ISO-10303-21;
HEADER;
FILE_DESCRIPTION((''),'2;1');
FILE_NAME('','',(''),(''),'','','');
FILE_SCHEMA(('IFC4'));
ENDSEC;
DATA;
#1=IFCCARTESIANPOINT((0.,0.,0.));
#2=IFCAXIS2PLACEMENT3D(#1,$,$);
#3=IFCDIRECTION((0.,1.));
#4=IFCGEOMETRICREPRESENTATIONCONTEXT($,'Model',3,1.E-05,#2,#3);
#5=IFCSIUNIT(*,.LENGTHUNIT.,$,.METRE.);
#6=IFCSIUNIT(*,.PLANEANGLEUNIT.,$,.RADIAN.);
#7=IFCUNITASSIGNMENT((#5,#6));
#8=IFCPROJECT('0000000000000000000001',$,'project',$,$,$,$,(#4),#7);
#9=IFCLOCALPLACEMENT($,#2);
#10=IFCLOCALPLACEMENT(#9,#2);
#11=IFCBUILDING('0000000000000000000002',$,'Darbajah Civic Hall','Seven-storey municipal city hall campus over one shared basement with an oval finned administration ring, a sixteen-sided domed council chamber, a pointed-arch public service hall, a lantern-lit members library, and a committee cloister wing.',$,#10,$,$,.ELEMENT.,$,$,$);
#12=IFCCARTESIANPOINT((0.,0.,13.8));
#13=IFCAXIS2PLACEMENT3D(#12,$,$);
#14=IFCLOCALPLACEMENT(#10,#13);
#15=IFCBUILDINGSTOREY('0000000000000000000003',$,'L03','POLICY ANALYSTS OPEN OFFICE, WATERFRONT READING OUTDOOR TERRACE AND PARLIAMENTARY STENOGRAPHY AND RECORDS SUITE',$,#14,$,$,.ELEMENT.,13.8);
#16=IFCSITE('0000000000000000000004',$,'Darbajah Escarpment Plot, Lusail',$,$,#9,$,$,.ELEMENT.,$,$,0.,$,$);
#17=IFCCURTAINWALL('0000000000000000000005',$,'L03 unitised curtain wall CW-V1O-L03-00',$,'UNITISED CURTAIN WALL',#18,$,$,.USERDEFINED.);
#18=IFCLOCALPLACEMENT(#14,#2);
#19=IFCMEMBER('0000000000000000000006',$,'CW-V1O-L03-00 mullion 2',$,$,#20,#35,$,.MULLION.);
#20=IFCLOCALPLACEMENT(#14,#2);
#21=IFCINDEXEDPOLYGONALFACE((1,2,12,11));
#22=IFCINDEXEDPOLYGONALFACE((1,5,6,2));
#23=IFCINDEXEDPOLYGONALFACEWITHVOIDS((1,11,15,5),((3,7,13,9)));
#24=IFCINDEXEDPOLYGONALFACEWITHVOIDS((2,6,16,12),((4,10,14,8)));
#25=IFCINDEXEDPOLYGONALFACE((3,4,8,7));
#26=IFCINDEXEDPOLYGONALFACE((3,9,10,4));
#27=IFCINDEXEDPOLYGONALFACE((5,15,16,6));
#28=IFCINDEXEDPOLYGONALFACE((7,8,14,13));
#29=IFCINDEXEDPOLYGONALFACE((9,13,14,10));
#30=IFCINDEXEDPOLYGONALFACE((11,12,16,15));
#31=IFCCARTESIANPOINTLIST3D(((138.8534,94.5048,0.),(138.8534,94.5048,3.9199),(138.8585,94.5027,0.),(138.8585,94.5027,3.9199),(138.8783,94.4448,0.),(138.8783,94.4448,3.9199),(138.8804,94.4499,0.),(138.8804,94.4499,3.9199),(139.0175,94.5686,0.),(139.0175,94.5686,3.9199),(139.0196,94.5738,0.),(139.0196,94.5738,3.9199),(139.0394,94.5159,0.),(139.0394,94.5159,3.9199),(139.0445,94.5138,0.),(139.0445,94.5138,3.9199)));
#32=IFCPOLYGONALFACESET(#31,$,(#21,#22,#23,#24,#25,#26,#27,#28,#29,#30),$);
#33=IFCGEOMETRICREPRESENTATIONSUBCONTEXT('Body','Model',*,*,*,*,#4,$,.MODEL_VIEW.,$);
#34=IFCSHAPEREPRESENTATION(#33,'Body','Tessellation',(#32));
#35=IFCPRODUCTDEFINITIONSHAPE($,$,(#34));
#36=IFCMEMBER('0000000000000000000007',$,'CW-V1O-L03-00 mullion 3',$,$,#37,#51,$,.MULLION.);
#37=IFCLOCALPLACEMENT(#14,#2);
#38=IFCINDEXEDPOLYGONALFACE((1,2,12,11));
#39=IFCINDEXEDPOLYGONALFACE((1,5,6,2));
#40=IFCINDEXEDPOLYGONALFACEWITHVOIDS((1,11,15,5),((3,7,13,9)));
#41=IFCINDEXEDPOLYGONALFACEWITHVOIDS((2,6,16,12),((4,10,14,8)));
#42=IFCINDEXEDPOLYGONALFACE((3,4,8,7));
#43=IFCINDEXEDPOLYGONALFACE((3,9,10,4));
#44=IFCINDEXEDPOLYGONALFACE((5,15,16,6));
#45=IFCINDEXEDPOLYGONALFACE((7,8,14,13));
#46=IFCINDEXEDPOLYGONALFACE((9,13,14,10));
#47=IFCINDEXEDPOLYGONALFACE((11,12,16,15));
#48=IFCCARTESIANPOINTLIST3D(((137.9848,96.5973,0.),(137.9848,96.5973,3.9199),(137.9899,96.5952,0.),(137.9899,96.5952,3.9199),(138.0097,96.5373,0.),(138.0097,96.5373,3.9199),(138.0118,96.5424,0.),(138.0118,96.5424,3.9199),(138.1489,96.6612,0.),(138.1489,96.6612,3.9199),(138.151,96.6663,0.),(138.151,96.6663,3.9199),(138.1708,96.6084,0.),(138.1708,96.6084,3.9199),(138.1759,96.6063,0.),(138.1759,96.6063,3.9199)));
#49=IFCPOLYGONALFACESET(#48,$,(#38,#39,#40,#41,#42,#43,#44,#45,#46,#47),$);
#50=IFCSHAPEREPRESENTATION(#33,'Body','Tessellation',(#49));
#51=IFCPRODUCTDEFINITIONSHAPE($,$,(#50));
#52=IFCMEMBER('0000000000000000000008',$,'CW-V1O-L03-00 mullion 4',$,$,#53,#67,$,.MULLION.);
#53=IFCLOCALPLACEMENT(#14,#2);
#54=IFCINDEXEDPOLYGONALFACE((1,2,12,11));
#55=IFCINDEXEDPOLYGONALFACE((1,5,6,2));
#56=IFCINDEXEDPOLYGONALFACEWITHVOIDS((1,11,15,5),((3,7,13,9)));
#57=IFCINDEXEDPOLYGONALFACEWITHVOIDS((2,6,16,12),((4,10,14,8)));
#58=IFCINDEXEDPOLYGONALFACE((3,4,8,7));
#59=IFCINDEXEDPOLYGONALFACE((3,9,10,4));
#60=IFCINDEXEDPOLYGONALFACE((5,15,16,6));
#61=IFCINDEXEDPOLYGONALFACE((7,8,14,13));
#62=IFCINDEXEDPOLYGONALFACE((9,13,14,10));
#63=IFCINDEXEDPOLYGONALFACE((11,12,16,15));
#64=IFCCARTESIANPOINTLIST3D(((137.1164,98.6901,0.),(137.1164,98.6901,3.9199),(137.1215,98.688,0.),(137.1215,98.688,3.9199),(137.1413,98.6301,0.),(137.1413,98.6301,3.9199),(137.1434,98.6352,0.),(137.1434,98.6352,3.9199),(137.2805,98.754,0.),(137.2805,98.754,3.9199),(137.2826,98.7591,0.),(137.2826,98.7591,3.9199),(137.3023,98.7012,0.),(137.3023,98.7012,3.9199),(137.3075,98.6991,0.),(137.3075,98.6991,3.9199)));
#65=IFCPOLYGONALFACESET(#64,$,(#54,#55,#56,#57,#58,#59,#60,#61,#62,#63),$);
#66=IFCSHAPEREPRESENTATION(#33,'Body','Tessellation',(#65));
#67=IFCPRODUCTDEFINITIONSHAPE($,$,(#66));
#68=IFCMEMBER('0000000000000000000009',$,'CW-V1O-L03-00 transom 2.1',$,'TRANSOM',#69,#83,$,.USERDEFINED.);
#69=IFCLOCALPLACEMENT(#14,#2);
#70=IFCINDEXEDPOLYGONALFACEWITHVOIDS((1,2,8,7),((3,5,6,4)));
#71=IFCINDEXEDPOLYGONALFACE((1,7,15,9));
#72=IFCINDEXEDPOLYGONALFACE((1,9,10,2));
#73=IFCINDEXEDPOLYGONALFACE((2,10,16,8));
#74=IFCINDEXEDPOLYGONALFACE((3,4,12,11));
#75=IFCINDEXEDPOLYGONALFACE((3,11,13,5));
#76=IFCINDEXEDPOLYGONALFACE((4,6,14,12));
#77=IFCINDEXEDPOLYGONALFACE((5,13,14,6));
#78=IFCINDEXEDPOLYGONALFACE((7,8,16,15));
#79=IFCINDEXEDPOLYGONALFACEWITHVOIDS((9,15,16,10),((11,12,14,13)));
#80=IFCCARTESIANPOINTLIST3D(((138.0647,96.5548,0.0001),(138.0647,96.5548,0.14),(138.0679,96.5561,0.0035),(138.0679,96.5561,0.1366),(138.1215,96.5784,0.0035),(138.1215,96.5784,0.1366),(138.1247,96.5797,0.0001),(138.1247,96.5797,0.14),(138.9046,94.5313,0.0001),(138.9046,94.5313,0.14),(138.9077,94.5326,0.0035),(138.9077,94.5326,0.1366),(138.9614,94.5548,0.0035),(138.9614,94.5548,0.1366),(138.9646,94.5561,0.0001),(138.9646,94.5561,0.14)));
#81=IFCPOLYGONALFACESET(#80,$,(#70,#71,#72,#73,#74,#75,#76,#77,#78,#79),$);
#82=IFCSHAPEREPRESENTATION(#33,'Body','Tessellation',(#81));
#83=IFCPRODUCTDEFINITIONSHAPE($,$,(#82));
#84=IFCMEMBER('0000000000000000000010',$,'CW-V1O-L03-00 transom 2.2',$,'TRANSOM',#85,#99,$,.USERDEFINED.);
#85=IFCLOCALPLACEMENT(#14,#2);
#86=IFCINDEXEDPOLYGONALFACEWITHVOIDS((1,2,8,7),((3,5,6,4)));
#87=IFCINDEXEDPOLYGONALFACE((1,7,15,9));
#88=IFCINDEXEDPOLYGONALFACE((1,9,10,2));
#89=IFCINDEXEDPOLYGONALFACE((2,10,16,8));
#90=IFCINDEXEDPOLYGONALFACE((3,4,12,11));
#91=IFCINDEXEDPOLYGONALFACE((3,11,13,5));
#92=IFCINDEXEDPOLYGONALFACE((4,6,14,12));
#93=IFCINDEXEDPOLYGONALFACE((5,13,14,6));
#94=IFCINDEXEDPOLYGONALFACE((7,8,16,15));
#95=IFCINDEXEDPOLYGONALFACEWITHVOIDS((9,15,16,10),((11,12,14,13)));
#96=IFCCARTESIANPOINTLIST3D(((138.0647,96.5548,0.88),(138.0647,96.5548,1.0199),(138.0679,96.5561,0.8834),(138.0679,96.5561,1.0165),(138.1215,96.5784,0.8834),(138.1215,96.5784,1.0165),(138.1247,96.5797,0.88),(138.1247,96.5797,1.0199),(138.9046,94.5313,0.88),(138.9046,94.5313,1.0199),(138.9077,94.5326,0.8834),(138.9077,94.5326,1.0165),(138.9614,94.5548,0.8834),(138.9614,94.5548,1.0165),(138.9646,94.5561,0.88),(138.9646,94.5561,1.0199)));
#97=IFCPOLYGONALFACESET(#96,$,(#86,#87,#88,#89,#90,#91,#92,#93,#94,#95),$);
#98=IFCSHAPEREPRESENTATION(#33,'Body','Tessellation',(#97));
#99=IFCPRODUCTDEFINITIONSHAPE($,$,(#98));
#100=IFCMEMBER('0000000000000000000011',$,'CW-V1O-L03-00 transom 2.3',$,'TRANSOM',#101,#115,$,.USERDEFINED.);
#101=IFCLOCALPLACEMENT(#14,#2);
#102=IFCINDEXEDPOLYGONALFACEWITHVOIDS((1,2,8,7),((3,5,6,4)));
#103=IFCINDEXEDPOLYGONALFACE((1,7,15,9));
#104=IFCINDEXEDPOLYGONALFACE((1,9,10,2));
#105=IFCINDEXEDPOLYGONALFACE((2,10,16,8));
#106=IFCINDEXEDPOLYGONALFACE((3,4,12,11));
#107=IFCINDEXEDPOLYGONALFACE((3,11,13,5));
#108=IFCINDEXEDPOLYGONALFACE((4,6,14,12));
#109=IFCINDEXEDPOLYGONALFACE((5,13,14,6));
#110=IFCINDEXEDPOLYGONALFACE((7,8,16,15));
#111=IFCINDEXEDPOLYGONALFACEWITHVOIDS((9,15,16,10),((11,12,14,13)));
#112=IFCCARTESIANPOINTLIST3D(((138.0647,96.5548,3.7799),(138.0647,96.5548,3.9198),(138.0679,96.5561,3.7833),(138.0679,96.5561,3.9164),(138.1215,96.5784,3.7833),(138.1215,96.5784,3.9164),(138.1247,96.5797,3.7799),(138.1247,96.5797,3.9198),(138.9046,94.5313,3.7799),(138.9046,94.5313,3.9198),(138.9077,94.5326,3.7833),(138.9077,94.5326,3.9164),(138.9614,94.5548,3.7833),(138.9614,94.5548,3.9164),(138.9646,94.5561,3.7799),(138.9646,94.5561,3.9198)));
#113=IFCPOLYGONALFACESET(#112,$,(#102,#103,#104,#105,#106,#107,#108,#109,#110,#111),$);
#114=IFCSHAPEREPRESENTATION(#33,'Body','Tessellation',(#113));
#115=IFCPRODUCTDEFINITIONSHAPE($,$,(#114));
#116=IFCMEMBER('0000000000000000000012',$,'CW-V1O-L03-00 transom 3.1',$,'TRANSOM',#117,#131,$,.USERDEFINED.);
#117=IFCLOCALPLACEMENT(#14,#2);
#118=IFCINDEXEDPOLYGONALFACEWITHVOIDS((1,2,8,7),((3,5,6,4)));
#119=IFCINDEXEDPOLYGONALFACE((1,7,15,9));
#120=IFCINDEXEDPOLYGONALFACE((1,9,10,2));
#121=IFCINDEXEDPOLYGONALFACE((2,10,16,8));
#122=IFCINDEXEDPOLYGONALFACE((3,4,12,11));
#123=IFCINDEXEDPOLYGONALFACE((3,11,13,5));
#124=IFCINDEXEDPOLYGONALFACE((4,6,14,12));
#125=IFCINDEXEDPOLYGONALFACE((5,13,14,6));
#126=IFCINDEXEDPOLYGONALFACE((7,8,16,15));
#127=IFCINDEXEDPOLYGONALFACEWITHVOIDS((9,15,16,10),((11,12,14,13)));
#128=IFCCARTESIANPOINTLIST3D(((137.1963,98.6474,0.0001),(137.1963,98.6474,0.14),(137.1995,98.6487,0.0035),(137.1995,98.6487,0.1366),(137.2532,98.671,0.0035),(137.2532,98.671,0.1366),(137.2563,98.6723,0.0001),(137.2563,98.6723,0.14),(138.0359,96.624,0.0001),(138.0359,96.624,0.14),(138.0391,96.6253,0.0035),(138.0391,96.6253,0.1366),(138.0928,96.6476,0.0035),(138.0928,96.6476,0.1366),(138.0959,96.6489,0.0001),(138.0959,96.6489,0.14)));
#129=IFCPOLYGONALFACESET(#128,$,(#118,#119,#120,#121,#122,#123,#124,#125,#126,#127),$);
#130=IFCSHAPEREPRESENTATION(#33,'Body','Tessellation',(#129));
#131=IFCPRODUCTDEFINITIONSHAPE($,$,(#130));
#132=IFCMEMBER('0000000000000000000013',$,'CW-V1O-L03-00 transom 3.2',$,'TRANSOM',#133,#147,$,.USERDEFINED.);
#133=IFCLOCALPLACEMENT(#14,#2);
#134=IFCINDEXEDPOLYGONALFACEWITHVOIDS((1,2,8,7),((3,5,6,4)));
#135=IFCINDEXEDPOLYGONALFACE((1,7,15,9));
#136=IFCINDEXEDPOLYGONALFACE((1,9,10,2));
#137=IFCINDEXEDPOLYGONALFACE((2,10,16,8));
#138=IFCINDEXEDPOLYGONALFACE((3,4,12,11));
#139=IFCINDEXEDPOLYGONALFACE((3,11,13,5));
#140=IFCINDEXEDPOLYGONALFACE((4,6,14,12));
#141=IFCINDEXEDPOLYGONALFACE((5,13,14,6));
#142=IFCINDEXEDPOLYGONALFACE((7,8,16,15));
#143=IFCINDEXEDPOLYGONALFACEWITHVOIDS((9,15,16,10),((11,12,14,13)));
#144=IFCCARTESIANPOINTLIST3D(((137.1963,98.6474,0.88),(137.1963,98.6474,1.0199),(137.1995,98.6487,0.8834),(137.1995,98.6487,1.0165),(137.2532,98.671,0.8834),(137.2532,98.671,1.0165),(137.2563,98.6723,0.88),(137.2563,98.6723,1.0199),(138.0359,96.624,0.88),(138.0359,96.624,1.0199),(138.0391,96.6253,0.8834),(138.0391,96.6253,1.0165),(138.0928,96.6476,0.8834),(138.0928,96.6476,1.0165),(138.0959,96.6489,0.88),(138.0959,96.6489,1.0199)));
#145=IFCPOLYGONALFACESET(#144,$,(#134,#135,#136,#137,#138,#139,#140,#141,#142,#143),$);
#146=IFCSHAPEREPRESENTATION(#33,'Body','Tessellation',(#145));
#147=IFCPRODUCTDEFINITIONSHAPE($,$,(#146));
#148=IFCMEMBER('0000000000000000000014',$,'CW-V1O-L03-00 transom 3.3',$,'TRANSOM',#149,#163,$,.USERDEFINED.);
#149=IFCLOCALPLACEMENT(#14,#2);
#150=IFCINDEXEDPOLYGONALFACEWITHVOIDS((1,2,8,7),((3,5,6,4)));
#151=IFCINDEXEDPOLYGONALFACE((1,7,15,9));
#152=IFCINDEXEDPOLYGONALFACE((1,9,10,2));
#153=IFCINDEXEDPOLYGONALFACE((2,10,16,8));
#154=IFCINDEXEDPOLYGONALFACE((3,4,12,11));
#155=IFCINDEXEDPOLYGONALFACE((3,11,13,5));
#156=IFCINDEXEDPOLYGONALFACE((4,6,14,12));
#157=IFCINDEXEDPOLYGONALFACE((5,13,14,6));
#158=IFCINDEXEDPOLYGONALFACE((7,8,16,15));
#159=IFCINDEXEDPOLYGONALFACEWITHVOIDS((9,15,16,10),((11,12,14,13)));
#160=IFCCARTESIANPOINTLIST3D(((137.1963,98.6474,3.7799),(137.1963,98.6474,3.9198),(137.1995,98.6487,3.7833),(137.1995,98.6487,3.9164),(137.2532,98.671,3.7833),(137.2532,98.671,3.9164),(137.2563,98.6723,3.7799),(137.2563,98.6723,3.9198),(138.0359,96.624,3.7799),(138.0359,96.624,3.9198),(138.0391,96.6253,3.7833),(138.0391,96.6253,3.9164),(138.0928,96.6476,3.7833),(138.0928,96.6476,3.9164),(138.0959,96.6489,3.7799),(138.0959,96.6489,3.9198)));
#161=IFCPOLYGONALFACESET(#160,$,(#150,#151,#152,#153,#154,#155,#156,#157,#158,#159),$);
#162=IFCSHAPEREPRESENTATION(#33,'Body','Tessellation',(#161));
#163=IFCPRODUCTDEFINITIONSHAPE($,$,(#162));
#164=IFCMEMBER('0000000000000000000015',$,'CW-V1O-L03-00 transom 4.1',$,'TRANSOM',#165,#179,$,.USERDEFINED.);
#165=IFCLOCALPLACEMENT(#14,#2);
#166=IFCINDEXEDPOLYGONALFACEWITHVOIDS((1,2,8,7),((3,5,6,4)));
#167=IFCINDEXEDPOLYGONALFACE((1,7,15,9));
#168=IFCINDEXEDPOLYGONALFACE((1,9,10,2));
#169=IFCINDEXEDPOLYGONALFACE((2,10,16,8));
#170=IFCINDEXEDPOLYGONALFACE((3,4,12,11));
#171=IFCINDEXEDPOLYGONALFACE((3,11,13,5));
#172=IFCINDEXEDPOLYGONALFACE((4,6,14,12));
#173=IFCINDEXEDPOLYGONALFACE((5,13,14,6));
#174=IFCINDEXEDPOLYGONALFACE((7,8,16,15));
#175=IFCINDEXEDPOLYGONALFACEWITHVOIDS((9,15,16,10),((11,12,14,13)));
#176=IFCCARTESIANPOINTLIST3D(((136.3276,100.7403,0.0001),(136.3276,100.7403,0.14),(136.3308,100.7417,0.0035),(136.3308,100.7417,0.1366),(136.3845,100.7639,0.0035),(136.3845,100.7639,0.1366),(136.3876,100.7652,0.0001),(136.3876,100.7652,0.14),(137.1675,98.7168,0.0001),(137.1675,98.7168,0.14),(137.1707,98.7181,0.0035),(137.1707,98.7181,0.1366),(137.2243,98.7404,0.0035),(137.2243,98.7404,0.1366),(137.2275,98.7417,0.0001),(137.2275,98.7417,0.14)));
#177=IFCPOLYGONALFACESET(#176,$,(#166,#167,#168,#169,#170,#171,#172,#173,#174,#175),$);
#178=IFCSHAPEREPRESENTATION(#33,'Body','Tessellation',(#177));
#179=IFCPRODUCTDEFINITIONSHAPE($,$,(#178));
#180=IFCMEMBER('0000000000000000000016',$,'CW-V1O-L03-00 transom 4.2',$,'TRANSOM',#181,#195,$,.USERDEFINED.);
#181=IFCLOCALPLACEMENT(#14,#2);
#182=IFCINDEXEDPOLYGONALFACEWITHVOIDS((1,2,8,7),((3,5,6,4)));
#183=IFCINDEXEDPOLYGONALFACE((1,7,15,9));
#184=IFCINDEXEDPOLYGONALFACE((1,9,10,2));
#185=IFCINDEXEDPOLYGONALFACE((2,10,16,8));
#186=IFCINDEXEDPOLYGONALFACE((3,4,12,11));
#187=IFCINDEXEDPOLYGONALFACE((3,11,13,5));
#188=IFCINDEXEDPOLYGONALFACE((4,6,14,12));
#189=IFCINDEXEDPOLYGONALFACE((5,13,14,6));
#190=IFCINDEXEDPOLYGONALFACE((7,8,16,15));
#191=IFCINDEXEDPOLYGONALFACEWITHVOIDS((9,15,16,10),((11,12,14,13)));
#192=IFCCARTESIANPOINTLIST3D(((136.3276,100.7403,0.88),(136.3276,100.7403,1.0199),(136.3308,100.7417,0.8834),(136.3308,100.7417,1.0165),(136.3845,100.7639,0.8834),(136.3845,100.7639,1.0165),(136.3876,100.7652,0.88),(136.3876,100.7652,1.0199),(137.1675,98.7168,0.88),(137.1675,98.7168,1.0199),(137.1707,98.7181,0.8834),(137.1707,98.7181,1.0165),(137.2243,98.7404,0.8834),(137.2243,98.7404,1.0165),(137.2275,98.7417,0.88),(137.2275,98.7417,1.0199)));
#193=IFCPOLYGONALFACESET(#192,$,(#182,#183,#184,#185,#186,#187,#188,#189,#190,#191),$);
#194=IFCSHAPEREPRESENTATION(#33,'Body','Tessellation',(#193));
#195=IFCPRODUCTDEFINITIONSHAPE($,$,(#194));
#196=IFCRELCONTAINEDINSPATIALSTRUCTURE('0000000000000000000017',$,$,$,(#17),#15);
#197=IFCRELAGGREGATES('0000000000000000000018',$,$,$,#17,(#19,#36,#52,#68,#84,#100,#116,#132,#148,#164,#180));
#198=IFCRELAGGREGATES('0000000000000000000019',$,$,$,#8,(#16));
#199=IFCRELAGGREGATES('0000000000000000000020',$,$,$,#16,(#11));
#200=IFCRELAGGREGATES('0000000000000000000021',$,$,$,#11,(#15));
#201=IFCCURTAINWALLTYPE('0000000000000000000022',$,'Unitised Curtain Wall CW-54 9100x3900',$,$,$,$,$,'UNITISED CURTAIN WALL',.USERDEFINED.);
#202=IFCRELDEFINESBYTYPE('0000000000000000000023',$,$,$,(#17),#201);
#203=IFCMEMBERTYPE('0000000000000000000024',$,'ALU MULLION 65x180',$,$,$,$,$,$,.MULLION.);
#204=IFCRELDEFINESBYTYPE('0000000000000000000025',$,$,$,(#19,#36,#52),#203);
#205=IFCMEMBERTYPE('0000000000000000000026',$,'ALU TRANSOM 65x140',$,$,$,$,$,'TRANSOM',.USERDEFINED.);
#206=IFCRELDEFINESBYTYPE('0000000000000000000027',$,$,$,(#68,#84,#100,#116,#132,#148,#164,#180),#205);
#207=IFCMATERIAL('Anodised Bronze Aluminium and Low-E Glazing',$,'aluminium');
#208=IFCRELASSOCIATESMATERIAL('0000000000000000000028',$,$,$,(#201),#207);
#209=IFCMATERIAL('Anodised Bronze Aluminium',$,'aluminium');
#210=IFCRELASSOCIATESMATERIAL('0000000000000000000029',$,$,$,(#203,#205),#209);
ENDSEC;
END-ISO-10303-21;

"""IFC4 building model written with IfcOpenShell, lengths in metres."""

from ifc_helpers import new_model, si_unit, direction, frame, origin, origin_2d, place, context, subcontext, project, spatial, hollow_rectangle, extrude, material, material_profile, profile_set, type_object, element, aggregate, save


model = new_model("IFC4")

# Units and contexts
model_context = context("Model", 3, precision=1e-05, world=origin(), true_north=direction((0.0, 1.0)))
body_context = subcontext(model_context, "Body", "Model", "MODEL_VIEW")
ifc_project = project(units=[si_unit("LENGTHUNIT", "METRE"), si_unit("PLANEANGLEUNIT", "RADIAN")], contexts=[model_context])

# Site, building, storey
site_placement = place(None, origin())
site = spatial("IfcSite", under=ifc_project, at=site_placement, Name="Darbajah Escarpment Plot, Lusail", CompositionType="ELEMENT", RefElevation=0.0)
building_placement = place(site_placement, origin())
building = spatial("IfcBuilding", under=site, at=building_placement, Name="Darbajah Civic Hall", Description="Seven-storey municipal city hall campus over one shared basement with an oval finned administration ring, a sixteen-sided domed council chamber, a pointed-arch public service hall, a lantern-lit members library, and a committee cloister wing.", CompositionType="ELEMENT")
storey_placement = place(building_placement, frame((0.0, 0.0, 13.8)))
storey = spatial("IfcBuildingStorey", under=building, at=storey_placement, Name="L03", Description="POLICY ANALYSTS OPEN OFFICE, WATERFRONT READING OUTDOOR TERRACE AND PARLIAMENTARY STENOGRAPHY AND RECORDS SUITE", CompositionType="ELEMENT", Elevation=13.8)

# Curtain wall, members
ifc_material_1 = material(Name="Anodised Bronze Aluminium and Low-E Glazing", Category="aluminium")
curtain_wall_type = type_object("IfcCurtainWallType", Name="Unitised Curtain Wall CW-54 9100x3900", ElementType="UNITISED CURTAIN WALL", PredefinedType="USERDEFINED", material=ifc_material_1)
curtain_wall_placement = place(storey_placement, origin())
curtain_wall = element("IfcCurtainWall", 1, at=curtain_wall_placement, inside=storey, type_object=curtain_wall_type, Name="L03 unitised curtain wall CW-V1O-L03-00", ObjectType="UNITISED CURTAIN WALL", PredefinedType="USERDEFINED")
ifc_material_2 = material(Name="Anodised Bronze Aluminium", Category="aluminium")
ifc_material_profile_1 = material_profile(ifc_material_2, hollow_rectangle(XDim=0.0649, YDim=0.1799, WallThickness=0.0039, at=origin_2d()), Name="ALU MULLION 65x180")
ifc_profile_set_1 = profile_set([ifc_material_profile_1], Name="Anodised Bronze Aluminium")
member_type_1 = type_object("IfcMemberType", Name="ALU MULLION 65x180", PredefinedType="MULLION", material=ifc_profile_set_1)
member_1_placement = place(storey_placement, frame((138.949, 94.5093, 0.0), z_axis=(0.0, 0.0, 1.0), x_axis=(-0.383328, 0.923612, 0.0)))
member_1 = element("IfcMember", 2, at=member_1_placement, type_object=member_type_1, Name="CW-V1O-L03-00 mullion 2", PredefinedType="MULLION", context=body_context, shape_type="SweptSolid", body=[
    extrude(hollow_rectangle(XDim=0.0649, YDim=0.1799, WallThickness=0.0039, at=origin_2d()), origin(), (0.0, 0.0, 1.0), 3.9199),
])
member_2_placement = place(storey_placement, frame((138.0803, 96.6018, 0.0), z_axis=(0.0, 0.0, 1.0), x_axis=(-0.383328, 0.923612, 0.0)))
member_2 = element("IfcMember", 3, at=member_2_placement, type_object=member_type_1, Name="CW-V1O-L03-00 mullion 3", PredefinedType="MULLION", context=body_context, shape_type="SweptSolid", body=[
    extrude(hollow_rectangle(XDim=0.0649, YDim=0.1799, WallThickness=0.0039, at=origin_2d()), origin(), (0.0, 0.0, 1.0), 3.9199),
])
member_3_placement = place(storey_placement, frame((137.2119, 98.6946, 0.0), z_axis=(0.0, 0.0, 1.0), x_axis=(-0.383328, 0.923612, 0.0)))
member_3 = element("IfcMember", 4, at=member_3_placement, type_object=member_type_1, Name="CW-V1O-L03-00 mullion 4", PredefinedType="MULLION", context=body_context, shape_type="SweptSolid", body=[
    extrude(hollow_rectangle(XDim=0.0649, YDim=0.1799, WallThickness=0.0039, at=origin_2d()), origin(), (0.0, 0.0, 1.0), 3.9199),
])
ifc_material_profile_2 = material_profile(ifc_material_2, hollow_rectangle(XDim=0.0649, YDim=0.1399, WallThickness=0.0034, at=origin_2d()), Name="ALU TRANSOM 65x140")
ifc_profile_set_2 = profile_set([ifc_material_profile_2], Name="Anodised Bronze Aluminium")
member_type_2 = type_object("IfcMemberType", Name="ALU TRANSOM 65x140", ElementType="TRANSOM", PredefinedType="USERDEFINED", material=ifc_profile_set_2)
member_4_placement = place(storey_placement, frame((138.9346, 94.5437, 0.0701), z_axis=(-0.383349, 0.923604, 0.0), x_axis=(-0.923604, -0.383349, 0.0)))
member_4 = element("IfcMember", 5, at=member_4_placement, type_object=member_type_2, Name="CW-V1O-L03-00 transom 2.1", ObjectType="TRANSOM", PredefinedType="USERDEFINED", context=body_context, shape_type="SweptSolid", body=[
    extrude(hollow_rectangle(XDim=0.0649, YDim=0.1399, WallThickness=0.0034, at=origin_2d()), origin(), (0.0, 0.0, 1.0), 2.1909),
])
member_5_placement = place(storey_placement, frame((138.9346, 94.5437, 0.95), z_axis=(-0.383349, 0.923604, 0.0), x_axis=(-0.923604, -0.383349, 0.0)))
member_5 = element("IfcMember", 6, at=member_5_placement, type_object=member_type_2, Name="CW-V1O-L03-00 transom 2.2", ObjectType="TRANSOM", PredefinedType="USERDEFINED", context=body_context, shape_type="SweptSolid", body=[
    extrude(hollow_rectangle(XDim=0.0649, YDim=0.1399, WallThickness=0.0034, at=origin_2d()), origin(), (0.0, 0.0, 1.0), 2.1909),
])
member_6_placement = place(storey_placement, frame((138.9346, 94.5437, 3.8499), z_axis=(-0.383349, 0.923604, 0.0), x_axis=(-0.923604, -0.383349, 0.0)))
member_6 = element("IfcMember", 7, at=member_6_placement, type_object=member_type_2, Name="CW-V1O-L03-00 transom 2.3", ObjectType="TRANSOM", PredefinedType="USERDEFINED", context=body_context, shape_type="SweptSolid", body=[
    extrude(hollow_rectangle(XDim=0.0649, YDim=0.1399, WallThickness=0.0034, at=origin_2d()), origin(), (0.0, 0.0, 1.0), 2.1909),
])
member_7_placement = place(storey_placement, frame((138.0659, 96.6365, 0.0701), z_axis=(-0.383254, 0.923643, 0.0), x_axis=(-0.923643, -0.383254, 0.0)))
member_7 = element("IfcMember", 8, at=member_7_placement, type_object=member_type_2, Name="CW-V1O-L03-00 transom 3.1", ObjectType="TRANSOM", PredefinedType="USERDEFINED", context=body_context, shape_type="SweptSolid", body=[
    extrude(hollow_rectangle(XDim=0.0649, YDim=0.1399, WallThickness=0.0034, at=origin_2d()), origin(), (0.0, 0.0, 1.0), 2.1907),
])
member_8_placement = place(storey_placement, frame((138.0659, 96.6365, 0.95), z_axis=(-0.383254, 0.923643, 0.0), x_axis=(-0.923643, -0.383254, 0.0)))
member_8 = element("IfcMember", 9, at=member_8_placement, type_object=member_type_2, Name="CW-V1O-L03-00 transom 3.2", ObjectType="TRANSOM", PredefinedType="USERDEFINED", context=body_context, shape_type="SweptSolid", body=[
    extrude(hollow_rectangle(XDim=0.0649, YDim=0.1399, WallThickness=0.0034, at=origin_2d()), origin(), (0.0, 0.0, 1.0), 2.1907),
])
member_9_placement = place(storey_placement, frame((138.0659, 96.6365, 3.8499), z_axis=(-0.383254, 0.923643, 0.0), x_axis=(-0.923643, -0.383254, 0.0)))
member_9 = element("IfcMember", 10, at=member_9_placement, type_object=member_type_2, Name="CW-V1O-L03-00 transom 3.3", ObjectType="TRANSOM", PredefinedType="USERDEFINED", context=body_context, shape_type="SweptSolid", body=[
    extrude(hollow_rectangle(XDim=0.0649, YDim=0.1399, WallThickness=0.0034, at=origin_2d()), origin(), (0.0, 0.0, 1.0), 2.1907),
])
member_10_placement = place(storey_placement, frame((137.1975, 98.7292, 0.0701), z_axis=(-0.383349, 0.923604, 0.0), x_axis=(-0.923604, -0.383349, 0.0)))
member_10 = element("IfcMember", 11, at=member_10_placement, type_object=member_type_2, Name="CW-V1O-L03-00 transom 4.1", ObjectType="TRANSOM", PredefinedType="USERDEFINED", context=body_context, shape_type="SweptSolid", body=[
    extrude(hollow_rectangle(XDim=0.0649, YDim=0.1399, WallThickness=0.0034, at=origin_2d()), origin(), (0.0, 0.0, 1.0), 2.1909),
])
member_11_placement = place(storey_placement, frame((137.1975, 98.7292, 0.95), z_axis=(-0.383349, 0.923604, 0.0), x_axis=(-0.923604, -0.383349, 0.0)))
member_11 = element("IfcMember", 12, at=member_11_placement, type_object=member_type_2, Name="CW-V1O-L03-00 transom 4.2", ObjectType="TRANSOM", PredefinedType="USERDEFINED", context=body_context, shape_type="SweptSolid", body=[
    extrude(hollow_rectangle(XDim=0.0649, YDim=0.1399, WallThickness=0.0034, at=origin_2d()), origin(), (0.0, 0.0, 1.0), 2.1909),
])
aggregate(curtain_wall, [member_1, member_2, member_3, member_4, member_5, member_6, member_7, member_8, member_9, member_10, member_11])

save(model, "model.ifc")
